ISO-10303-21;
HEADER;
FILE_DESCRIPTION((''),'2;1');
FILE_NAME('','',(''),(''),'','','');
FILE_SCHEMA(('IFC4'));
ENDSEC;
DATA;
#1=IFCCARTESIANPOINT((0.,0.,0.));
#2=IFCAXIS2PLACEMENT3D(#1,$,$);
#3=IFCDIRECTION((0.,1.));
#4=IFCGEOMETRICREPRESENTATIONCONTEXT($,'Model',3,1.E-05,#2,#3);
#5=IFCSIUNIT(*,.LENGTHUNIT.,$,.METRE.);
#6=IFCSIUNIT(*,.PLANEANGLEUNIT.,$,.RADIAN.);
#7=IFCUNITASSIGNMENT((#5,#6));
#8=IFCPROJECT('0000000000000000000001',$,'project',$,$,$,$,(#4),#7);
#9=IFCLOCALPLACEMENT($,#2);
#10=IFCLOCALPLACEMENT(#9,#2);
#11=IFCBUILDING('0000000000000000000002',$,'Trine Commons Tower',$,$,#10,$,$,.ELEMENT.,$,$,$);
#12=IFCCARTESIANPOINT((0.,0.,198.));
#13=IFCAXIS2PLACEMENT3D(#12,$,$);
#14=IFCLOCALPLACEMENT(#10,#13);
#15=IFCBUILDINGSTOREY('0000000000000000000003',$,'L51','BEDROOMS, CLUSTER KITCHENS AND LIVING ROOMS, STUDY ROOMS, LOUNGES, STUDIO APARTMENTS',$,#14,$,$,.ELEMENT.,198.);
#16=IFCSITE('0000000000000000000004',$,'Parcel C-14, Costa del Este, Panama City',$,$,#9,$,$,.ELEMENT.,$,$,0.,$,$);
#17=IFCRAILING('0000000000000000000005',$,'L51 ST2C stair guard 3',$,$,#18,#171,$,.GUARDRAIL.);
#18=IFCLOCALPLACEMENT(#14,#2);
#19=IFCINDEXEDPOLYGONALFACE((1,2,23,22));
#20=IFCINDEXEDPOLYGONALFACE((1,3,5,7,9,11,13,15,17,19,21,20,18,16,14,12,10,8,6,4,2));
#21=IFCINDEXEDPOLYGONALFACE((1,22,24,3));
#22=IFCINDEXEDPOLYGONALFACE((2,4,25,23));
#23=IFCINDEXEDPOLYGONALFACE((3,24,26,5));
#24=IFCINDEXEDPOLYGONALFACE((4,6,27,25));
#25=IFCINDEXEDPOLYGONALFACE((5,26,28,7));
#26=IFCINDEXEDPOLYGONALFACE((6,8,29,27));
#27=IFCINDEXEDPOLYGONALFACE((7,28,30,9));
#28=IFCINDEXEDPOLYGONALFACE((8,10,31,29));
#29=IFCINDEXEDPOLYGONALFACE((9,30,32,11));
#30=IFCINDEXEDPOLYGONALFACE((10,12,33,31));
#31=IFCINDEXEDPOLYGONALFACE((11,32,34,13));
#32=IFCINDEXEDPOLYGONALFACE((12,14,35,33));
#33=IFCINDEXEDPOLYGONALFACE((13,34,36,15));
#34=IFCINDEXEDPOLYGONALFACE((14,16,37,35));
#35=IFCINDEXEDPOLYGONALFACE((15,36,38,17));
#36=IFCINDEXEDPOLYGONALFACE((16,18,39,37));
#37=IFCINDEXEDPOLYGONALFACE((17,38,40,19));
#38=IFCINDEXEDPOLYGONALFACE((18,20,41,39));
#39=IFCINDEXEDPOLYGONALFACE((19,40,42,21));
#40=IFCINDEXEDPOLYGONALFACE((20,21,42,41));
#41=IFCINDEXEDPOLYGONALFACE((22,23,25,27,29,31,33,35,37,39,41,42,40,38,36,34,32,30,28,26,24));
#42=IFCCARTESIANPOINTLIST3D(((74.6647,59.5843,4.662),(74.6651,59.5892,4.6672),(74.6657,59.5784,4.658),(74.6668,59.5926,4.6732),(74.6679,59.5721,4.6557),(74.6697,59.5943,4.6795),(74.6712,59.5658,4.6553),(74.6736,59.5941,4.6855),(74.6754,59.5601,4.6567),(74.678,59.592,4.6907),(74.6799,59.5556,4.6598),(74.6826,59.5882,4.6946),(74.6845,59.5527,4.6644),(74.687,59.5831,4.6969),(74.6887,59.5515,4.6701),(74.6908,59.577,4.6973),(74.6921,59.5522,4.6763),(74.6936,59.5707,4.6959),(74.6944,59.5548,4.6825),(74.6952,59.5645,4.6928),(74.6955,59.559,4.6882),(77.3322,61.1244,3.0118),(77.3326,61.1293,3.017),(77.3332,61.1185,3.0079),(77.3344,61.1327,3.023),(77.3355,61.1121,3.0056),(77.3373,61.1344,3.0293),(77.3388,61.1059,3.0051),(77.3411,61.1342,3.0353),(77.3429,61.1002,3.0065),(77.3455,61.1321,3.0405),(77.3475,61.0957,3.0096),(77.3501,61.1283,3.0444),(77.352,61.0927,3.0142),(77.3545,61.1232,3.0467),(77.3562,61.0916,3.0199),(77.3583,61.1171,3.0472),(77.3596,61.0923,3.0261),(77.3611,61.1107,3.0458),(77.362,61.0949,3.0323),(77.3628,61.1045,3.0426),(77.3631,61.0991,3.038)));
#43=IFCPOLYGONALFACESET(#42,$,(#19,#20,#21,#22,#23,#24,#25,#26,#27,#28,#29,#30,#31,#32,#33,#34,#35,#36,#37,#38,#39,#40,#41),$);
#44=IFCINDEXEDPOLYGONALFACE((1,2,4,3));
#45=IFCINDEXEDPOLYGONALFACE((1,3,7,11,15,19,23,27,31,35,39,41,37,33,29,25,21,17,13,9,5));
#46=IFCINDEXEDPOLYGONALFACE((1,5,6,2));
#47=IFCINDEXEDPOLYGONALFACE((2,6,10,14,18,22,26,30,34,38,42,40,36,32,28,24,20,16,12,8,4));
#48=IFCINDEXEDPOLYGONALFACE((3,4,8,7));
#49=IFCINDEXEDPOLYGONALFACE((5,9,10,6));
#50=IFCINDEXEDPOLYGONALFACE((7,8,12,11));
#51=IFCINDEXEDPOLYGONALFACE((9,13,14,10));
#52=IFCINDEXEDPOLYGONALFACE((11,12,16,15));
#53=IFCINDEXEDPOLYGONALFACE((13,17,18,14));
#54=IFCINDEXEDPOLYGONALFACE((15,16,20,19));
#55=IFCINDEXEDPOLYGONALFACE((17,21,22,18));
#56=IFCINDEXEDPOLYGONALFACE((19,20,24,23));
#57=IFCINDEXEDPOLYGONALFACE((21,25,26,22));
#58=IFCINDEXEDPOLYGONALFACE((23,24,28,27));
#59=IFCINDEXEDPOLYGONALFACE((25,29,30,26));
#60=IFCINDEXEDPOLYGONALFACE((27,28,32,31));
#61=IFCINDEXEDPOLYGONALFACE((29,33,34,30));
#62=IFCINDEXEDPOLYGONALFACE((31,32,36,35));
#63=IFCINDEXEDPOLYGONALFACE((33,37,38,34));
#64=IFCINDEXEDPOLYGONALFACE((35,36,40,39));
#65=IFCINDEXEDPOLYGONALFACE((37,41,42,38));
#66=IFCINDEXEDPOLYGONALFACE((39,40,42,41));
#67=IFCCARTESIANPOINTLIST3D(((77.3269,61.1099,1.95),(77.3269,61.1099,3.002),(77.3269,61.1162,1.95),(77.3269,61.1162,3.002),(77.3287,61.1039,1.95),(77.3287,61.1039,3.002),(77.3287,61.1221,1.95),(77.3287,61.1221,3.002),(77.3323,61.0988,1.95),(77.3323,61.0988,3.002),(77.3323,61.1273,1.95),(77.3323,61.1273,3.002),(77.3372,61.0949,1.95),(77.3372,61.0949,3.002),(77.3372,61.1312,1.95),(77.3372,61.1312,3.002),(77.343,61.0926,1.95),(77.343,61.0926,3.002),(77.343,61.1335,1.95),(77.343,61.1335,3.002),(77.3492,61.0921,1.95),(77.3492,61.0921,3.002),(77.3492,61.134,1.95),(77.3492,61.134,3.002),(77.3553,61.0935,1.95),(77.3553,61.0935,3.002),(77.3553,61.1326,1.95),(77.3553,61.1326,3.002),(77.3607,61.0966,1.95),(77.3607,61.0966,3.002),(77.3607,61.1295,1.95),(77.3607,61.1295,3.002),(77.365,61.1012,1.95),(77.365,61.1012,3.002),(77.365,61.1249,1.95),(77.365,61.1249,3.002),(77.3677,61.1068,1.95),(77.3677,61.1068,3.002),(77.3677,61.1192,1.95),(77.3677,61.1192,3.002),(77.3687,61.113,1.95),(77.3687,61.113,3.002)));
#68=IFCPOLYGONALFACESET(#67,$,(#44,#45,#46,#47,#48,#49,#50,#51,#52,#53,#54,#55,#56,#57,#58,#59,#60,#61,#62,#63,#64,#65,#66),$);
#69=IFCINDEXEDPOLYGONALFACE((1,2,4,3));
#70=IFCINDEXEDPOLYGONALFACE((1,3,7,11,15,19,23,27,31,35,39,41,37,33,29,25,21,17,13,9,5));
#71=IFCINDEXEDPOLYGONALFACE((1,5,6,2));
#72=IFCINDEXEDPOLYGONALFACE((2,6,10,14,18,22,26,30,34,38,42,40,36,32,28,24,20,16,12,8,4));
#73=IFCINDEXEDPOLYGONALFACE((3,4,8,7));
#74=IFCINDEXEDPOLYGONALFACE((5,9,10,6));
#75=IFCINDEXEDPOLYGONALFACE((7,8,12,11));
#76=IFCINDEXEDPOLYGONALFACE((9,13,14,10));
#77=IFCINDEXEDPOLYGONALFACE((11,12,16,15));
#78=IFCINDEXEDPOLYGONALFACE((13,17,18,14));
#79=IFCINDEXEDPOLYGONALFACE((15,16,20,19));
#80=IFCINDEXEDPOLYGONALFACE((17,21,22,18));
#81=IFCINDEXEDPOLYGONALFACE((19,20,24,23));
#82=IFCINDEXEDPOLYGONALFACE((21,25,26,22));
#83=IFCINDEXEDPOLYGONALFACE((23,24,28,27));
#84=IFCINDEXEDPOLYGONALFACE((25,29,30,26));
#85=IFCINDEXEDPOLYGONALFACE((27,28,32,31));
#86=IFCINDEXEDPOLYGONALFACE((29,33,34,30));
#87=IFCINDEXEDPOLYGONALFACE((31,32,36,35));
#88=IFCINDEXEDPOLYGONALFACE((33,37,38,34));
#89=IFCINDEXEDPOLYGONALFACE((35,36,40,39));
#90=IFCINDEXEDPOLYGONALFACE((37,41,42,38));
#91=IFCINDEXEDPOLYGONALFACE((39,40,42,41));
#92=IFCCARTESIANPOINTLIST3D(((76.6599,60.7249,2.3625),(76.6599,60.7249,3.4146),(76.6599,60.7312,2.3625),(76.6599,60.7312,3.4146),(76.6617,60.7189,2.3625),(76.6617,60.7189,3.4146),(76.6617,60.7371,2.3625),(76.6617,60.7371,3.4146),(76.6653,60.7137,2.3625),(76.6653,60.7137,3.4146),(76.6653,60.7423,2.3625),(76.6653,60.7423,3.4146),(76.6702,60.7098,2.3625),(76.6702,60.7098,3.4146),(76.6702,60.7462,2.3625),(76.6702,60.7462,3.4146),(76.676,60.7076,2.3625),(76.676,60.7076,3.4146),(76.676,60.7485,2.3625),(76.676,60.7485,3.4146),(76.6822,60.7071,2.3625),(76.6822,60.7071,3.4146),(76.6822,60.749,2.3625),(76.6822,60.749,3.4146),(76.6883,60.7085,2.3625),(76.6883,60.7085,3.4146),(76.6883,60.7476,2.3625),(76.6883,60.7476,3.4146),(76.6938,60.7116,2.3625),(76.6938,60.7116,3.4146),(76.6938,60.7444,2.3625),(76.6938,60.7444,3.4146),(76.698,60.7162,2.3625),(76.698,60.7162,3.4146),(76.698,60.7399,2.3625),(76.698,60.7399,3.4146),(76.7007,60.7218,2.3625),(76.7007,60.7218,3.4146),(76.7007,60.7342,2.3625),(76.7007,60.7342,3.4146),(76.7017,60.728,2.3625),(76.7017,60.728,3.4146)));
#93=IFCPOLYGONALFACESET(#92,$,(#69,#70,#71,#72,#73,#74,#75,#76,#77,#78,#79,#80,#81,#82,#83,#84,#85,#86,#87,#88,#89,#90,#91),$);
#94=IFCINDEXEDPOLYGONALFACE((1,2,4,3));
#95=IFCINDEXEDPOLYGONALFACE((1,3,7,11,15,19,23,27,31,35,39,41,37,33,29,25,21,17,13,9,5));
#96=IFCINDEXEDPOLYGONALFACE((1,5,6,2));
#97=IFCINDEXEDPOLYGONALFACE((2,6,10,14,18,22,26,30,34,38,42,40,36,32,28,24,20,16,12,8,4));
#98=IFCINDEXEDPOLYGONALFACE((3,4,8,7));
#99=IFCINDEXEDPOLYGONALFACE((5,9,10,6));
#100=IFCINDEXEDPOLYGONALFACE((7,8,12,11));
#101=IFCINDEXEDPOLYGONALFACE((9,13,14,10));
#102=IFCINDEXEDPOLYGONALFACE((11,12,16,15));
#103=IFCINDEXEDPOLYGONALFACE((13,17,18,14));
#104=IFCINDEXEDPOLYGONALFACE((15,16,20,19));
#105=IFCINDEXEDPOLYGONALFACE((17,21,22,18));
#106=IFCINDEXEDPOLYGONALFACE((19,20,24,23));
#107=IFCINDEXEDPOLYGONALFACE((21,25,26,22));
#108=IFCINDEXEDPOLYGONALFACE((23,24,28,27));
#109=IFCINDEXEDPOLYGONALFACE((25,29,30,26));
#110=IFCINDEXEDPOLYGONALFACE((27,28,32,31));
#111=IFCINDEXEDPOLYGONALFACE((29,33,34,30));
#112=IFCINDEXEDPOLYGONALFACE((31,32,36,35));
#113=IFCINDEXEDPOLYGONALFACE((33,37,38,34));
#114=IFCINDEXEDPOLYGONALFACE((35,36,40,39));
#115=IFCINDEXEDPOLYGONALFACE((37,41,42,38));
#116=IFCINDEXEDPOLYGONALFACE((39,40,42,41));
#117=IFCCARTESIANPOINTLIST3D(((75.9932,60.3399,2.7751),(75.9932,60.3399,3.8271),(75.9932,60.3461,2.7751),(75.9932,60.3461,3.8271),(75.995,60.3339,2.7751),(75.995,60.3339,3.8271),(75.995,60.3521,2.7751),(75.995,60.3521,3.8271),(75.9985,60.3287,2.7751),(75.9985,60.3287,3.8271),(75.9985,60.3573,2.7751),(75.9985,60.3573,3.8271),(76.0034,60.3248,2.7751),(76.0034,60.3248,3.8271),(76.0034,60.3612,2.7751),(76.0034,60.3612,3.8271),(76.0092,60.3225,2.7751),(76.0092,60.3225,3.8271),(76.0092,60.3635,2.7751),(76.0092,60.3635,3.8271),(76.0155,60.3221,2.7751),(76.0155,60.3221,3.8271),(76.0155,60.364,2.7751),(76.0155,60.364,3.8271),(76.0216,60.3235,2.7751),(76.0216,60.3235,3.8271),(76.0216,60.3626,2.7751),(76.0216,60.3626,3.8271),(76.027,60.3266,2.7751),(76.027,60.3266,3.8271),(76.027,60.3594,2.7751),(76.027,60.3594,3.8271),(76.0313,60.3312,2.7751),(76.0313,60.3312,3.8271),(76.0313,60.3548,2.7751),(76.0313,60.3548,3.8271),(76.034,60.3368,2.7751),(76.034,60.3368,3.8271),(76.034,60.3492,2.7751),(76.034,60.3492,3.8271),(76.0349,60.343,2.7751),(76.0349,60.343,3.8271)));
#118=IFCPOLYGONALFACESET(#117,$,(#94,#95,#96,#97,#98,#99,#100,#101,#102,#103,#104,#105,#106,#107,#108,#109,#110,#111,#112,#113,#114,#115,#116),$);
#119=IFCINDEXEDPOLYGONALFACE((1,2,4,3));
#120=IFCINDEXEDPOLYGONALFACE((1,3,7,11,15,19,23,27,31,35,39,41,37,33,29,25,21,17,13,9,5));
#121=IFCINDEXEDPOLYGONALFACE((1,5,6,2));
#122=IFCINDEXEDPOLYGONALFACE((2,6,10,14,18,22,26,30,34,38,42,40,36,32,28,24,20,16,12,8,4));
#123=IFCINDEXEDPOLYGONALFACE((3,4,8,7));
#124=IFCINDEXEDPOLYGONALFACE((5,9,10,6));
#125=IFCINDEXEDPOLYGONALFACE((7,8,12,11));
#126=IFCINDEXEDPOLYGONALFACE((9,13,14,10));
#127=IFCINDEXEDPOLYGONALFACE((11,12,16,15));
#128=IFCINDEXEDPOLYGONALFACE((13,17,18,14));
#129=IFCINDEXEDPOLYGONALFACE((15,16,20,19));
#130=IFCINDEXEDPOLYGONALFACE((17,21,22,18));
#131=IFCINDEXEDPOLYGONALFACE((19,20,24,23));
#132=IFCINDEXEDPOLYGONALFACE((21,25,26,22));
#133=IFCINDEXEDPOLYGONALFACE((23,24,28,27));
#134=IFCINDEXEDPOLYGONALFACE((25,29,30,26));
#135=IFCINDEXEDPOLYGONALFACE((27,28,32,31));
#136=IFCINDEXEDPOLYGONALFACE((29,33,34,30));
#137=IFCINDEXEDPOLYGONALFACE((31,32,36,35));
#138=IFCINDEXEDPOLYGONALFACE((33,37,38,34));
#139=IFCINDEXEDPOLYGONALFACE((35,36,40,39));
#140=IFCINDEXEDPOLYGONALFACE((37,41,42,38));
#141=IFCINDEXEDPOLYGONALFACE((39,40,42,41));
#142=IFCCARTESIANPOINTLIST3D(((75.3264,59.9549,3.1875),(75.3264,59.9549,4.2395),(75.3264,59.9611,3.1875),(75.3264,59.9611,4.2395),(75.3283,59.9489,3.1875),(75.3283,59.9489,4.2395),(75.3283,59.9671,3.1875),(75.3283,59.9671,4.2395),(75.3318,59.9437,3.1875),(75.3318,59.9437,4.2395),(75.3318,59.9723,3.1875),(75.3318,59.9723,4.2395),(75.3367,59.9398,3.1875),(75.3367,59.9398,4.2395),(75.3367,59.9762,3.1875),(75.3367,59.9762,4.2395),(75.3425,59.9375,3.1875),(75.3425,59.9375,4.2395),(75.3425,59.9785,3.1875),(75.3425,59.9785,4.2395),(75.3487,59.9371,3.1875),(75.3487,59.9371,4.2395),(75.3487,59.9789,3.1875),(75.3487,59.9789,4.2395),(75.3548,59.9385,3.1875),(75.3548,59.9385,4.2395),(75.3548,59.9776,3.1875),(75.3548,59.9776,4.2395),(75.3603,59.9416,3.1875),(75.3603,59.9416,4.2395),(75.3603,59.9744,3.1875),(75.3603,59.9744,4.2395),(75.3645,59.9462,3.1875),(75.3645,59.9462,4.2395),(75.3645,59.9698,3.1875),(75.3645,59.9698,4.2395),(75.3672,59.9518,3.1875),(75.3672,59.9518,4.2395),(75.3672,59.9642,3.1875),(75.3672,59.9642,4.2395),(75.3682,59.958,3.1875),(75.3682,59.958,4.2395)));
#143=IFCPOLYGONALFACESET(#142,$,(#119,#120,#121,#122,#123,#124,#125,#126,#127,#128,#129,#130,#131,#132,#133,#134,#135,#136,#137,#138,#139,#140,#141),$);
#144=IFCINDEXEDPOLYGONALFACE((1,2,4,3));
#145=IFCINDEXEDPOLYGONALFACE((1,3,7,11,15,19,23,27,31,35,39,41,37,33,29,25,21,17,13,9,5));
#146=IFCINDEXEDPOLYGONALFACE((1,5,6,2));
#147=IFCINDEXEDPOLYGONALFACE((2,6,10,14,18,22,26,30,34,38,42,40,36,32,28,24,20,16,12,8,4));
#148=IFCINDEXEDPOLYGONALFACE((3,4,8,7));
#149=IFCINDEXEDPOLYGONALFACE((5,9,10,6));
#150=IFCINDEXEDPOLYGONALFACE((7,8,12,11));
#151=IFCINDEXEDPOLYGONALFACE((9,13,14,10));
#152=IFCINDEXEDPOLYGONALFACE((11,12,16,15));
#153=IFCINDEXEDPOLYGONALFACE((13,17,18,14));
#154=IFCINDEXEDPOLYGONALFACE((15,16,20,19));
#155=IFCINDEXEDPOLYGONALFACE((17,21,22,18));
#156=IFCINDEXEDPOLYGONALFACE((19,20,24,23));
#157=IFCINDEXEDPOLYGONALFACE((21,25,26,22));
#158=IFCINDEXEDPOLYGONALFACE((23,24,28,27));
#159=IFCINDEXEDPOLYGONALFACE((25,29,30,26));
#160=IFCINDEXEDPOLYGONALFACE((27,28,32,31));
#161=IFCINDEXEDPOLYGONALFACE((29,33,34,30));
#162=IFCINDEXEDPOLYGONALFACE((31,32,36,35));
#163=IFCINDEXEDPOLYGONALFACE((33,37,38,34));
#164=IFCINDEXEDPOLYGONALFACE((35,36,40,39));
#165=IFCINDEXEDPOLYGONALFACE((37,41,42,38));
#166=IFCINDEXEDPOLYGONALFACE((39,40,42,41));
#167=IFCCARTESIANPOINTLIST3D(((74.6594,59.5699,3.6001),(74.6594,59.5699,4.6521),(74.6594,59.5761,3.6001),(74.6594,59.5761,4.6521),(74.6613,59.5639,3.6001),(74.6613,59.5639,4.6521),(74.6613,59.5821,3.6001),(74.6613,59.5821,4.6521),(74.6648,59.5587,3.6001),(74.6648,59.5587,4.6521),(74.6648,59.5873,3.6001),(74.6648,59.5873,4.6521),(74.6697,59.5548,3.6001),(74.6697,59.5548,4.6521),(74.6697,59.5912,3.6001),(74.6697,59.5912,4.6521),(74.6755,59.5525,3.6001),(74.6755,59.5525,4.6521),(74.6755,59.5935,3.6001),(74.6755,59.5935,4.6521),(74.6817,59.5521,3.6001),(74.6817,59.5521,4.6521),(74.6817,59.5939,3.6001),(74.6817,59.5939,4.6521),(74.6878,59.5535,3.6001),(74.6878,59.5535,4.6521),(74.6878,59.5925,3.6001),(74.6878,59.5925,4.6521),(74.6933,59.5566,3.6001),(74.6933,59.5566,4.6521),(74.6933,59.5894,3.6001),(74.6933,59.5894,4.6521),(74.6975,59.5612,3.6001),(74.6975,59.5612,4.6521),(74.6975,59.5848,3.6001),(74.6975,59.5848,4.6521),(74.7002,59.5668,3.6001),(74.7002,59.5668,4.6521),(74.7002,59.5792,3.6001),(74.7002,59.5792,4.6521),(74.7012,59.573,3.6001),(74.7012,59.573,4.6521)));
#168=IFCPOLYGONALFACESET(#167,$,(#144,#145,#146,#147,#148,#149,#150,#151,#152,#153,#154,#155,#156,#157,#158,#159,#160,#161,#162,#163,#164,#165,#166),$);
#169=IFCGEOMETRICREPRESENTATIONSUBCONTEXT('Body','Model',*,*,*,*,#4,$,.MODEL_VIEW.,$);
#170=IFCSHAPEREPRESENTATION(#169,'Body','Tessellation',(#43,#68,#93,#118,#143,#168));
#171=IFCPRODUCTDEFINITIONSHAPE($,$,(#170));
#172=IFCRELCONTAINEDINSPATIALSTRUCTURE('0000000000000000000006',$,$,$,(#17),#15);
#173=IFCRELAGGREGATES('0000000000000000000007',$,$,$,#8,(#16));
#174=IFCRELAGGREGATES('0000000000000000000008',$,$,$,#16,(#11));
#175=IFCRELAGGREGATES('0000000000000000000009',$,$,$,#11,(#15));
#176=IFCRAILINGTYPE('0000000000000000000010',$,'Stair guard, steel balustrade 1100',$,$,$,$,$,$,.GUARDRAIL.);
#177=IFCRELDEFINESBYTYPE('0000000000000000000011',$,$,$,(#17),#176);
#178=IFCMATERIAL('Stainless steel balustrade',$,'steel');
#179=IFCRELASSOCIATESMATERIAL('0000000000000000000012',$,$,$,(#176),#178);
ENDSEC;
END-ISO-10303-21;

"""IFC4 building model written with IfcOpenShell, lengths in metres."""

from ifc_helpers import new_model, si_unit, direction, frame, origin, origin_2d, place, context, subcontext, project, spatial, circle, extrude, material, type_object, element, save


model = new_model("IFC4")

# Units and contexts
model_context = context("Model", 3, precision=1e-05, world=origin(), true_north=direction((0.0, 1.0)))
body_context = subcontext(model_context, "Body", "Model", "MODEL_VIEW")
ifc_project = project(units=[si_unit("LENGTHUNIT", "METRE"), si_unit("PLANEANGLEUNIT", "RADIAN")], contexts=[model_context])

# Site, building, storey
site_placement = place(None, origin())
site = spatial("IfcSite", under=ifc_project, at=site_placement, Name="Parcel C-14, Costa del Este, Panama City", CompositionType="ELEMENT", RefElevation=0.0)
building_placement = place(site_placement, origin())
building = spatial("IfcBuilding", under=site, at=building_placement, Name="Trine Commons Tower", CompositionType="ELEMENT")
storey_placement = place(building_placement, frame((0.0, 0.0, 198.0)))
storey = spatial("IfcBuildingStorey", under=building, at=storey_placement, Name="L51", Description="BEDROOMS, CLUSTER KITCHENS AND LIVING ROOMS, STUDY ROOMS, LOUNGES, STUDIO APARTMENTS", CompositionType="ELEMENT", Elevation=198.0)

# Railing
ifc_material_1 = material(Name="Stainless steel balustrade", Category="steel")
railing_type_1 = type_object("IfcRailingType", Name="Stair guard, steel balustrade 1100", PredefinedType="GUARDRAIL", material=ifc_material_1)
railing_1_placement = place(storey_placement, frame((77.3477, 61.113, 1.95)))
element("IfcRailing", 1, at=railing_1_placement, inside=storey, type_object=railing_type_1, Name="L51 ST2C stair guard 3", PredefinedType="GUARDRAIL", context=body_context, shape_type="SweptSolid", body=[
    extrude(circle(Radius=0.0239, at=origin_2d()), frame((0.0, 0.0, 1.0762), z_axis=(-0.76338, -0.440728, 0.472239), x_axis=(0.499992, -0.86603, 0.0)), (0.0, 0.0, 1.0), 3.4944),
    extrude(circle(Radius=0.021, at=origin_2d()), origin(), (0.0, 0.0, 1.0), 1.052),
    extrude(circle(Radius=0.021, at=origin_2d()), frame((-0.667, -0.385, 0.4126)), (0.0, 0.0, 1.0), 1.052),
    extrude(circle(Radius=0.021, at=origin_2d()), frame((-1.3337, -0.77, 0.8252)), (0.0, 0.0, 1.0), 1.052),
    extrude(circle(Radius=0.021, at=origin_2d()), frame((-2.0005, -1.155, 1.2375)), (0.0, 0.0, 1.0), 1.052),
    extrude(circle(Radius=0.021, at=origin_2d()), frame((-2.6675, -1.54, 1.6501)), (0.0, 0.0, 1.0), 1.052),
])

save(model, "model.ifc")
